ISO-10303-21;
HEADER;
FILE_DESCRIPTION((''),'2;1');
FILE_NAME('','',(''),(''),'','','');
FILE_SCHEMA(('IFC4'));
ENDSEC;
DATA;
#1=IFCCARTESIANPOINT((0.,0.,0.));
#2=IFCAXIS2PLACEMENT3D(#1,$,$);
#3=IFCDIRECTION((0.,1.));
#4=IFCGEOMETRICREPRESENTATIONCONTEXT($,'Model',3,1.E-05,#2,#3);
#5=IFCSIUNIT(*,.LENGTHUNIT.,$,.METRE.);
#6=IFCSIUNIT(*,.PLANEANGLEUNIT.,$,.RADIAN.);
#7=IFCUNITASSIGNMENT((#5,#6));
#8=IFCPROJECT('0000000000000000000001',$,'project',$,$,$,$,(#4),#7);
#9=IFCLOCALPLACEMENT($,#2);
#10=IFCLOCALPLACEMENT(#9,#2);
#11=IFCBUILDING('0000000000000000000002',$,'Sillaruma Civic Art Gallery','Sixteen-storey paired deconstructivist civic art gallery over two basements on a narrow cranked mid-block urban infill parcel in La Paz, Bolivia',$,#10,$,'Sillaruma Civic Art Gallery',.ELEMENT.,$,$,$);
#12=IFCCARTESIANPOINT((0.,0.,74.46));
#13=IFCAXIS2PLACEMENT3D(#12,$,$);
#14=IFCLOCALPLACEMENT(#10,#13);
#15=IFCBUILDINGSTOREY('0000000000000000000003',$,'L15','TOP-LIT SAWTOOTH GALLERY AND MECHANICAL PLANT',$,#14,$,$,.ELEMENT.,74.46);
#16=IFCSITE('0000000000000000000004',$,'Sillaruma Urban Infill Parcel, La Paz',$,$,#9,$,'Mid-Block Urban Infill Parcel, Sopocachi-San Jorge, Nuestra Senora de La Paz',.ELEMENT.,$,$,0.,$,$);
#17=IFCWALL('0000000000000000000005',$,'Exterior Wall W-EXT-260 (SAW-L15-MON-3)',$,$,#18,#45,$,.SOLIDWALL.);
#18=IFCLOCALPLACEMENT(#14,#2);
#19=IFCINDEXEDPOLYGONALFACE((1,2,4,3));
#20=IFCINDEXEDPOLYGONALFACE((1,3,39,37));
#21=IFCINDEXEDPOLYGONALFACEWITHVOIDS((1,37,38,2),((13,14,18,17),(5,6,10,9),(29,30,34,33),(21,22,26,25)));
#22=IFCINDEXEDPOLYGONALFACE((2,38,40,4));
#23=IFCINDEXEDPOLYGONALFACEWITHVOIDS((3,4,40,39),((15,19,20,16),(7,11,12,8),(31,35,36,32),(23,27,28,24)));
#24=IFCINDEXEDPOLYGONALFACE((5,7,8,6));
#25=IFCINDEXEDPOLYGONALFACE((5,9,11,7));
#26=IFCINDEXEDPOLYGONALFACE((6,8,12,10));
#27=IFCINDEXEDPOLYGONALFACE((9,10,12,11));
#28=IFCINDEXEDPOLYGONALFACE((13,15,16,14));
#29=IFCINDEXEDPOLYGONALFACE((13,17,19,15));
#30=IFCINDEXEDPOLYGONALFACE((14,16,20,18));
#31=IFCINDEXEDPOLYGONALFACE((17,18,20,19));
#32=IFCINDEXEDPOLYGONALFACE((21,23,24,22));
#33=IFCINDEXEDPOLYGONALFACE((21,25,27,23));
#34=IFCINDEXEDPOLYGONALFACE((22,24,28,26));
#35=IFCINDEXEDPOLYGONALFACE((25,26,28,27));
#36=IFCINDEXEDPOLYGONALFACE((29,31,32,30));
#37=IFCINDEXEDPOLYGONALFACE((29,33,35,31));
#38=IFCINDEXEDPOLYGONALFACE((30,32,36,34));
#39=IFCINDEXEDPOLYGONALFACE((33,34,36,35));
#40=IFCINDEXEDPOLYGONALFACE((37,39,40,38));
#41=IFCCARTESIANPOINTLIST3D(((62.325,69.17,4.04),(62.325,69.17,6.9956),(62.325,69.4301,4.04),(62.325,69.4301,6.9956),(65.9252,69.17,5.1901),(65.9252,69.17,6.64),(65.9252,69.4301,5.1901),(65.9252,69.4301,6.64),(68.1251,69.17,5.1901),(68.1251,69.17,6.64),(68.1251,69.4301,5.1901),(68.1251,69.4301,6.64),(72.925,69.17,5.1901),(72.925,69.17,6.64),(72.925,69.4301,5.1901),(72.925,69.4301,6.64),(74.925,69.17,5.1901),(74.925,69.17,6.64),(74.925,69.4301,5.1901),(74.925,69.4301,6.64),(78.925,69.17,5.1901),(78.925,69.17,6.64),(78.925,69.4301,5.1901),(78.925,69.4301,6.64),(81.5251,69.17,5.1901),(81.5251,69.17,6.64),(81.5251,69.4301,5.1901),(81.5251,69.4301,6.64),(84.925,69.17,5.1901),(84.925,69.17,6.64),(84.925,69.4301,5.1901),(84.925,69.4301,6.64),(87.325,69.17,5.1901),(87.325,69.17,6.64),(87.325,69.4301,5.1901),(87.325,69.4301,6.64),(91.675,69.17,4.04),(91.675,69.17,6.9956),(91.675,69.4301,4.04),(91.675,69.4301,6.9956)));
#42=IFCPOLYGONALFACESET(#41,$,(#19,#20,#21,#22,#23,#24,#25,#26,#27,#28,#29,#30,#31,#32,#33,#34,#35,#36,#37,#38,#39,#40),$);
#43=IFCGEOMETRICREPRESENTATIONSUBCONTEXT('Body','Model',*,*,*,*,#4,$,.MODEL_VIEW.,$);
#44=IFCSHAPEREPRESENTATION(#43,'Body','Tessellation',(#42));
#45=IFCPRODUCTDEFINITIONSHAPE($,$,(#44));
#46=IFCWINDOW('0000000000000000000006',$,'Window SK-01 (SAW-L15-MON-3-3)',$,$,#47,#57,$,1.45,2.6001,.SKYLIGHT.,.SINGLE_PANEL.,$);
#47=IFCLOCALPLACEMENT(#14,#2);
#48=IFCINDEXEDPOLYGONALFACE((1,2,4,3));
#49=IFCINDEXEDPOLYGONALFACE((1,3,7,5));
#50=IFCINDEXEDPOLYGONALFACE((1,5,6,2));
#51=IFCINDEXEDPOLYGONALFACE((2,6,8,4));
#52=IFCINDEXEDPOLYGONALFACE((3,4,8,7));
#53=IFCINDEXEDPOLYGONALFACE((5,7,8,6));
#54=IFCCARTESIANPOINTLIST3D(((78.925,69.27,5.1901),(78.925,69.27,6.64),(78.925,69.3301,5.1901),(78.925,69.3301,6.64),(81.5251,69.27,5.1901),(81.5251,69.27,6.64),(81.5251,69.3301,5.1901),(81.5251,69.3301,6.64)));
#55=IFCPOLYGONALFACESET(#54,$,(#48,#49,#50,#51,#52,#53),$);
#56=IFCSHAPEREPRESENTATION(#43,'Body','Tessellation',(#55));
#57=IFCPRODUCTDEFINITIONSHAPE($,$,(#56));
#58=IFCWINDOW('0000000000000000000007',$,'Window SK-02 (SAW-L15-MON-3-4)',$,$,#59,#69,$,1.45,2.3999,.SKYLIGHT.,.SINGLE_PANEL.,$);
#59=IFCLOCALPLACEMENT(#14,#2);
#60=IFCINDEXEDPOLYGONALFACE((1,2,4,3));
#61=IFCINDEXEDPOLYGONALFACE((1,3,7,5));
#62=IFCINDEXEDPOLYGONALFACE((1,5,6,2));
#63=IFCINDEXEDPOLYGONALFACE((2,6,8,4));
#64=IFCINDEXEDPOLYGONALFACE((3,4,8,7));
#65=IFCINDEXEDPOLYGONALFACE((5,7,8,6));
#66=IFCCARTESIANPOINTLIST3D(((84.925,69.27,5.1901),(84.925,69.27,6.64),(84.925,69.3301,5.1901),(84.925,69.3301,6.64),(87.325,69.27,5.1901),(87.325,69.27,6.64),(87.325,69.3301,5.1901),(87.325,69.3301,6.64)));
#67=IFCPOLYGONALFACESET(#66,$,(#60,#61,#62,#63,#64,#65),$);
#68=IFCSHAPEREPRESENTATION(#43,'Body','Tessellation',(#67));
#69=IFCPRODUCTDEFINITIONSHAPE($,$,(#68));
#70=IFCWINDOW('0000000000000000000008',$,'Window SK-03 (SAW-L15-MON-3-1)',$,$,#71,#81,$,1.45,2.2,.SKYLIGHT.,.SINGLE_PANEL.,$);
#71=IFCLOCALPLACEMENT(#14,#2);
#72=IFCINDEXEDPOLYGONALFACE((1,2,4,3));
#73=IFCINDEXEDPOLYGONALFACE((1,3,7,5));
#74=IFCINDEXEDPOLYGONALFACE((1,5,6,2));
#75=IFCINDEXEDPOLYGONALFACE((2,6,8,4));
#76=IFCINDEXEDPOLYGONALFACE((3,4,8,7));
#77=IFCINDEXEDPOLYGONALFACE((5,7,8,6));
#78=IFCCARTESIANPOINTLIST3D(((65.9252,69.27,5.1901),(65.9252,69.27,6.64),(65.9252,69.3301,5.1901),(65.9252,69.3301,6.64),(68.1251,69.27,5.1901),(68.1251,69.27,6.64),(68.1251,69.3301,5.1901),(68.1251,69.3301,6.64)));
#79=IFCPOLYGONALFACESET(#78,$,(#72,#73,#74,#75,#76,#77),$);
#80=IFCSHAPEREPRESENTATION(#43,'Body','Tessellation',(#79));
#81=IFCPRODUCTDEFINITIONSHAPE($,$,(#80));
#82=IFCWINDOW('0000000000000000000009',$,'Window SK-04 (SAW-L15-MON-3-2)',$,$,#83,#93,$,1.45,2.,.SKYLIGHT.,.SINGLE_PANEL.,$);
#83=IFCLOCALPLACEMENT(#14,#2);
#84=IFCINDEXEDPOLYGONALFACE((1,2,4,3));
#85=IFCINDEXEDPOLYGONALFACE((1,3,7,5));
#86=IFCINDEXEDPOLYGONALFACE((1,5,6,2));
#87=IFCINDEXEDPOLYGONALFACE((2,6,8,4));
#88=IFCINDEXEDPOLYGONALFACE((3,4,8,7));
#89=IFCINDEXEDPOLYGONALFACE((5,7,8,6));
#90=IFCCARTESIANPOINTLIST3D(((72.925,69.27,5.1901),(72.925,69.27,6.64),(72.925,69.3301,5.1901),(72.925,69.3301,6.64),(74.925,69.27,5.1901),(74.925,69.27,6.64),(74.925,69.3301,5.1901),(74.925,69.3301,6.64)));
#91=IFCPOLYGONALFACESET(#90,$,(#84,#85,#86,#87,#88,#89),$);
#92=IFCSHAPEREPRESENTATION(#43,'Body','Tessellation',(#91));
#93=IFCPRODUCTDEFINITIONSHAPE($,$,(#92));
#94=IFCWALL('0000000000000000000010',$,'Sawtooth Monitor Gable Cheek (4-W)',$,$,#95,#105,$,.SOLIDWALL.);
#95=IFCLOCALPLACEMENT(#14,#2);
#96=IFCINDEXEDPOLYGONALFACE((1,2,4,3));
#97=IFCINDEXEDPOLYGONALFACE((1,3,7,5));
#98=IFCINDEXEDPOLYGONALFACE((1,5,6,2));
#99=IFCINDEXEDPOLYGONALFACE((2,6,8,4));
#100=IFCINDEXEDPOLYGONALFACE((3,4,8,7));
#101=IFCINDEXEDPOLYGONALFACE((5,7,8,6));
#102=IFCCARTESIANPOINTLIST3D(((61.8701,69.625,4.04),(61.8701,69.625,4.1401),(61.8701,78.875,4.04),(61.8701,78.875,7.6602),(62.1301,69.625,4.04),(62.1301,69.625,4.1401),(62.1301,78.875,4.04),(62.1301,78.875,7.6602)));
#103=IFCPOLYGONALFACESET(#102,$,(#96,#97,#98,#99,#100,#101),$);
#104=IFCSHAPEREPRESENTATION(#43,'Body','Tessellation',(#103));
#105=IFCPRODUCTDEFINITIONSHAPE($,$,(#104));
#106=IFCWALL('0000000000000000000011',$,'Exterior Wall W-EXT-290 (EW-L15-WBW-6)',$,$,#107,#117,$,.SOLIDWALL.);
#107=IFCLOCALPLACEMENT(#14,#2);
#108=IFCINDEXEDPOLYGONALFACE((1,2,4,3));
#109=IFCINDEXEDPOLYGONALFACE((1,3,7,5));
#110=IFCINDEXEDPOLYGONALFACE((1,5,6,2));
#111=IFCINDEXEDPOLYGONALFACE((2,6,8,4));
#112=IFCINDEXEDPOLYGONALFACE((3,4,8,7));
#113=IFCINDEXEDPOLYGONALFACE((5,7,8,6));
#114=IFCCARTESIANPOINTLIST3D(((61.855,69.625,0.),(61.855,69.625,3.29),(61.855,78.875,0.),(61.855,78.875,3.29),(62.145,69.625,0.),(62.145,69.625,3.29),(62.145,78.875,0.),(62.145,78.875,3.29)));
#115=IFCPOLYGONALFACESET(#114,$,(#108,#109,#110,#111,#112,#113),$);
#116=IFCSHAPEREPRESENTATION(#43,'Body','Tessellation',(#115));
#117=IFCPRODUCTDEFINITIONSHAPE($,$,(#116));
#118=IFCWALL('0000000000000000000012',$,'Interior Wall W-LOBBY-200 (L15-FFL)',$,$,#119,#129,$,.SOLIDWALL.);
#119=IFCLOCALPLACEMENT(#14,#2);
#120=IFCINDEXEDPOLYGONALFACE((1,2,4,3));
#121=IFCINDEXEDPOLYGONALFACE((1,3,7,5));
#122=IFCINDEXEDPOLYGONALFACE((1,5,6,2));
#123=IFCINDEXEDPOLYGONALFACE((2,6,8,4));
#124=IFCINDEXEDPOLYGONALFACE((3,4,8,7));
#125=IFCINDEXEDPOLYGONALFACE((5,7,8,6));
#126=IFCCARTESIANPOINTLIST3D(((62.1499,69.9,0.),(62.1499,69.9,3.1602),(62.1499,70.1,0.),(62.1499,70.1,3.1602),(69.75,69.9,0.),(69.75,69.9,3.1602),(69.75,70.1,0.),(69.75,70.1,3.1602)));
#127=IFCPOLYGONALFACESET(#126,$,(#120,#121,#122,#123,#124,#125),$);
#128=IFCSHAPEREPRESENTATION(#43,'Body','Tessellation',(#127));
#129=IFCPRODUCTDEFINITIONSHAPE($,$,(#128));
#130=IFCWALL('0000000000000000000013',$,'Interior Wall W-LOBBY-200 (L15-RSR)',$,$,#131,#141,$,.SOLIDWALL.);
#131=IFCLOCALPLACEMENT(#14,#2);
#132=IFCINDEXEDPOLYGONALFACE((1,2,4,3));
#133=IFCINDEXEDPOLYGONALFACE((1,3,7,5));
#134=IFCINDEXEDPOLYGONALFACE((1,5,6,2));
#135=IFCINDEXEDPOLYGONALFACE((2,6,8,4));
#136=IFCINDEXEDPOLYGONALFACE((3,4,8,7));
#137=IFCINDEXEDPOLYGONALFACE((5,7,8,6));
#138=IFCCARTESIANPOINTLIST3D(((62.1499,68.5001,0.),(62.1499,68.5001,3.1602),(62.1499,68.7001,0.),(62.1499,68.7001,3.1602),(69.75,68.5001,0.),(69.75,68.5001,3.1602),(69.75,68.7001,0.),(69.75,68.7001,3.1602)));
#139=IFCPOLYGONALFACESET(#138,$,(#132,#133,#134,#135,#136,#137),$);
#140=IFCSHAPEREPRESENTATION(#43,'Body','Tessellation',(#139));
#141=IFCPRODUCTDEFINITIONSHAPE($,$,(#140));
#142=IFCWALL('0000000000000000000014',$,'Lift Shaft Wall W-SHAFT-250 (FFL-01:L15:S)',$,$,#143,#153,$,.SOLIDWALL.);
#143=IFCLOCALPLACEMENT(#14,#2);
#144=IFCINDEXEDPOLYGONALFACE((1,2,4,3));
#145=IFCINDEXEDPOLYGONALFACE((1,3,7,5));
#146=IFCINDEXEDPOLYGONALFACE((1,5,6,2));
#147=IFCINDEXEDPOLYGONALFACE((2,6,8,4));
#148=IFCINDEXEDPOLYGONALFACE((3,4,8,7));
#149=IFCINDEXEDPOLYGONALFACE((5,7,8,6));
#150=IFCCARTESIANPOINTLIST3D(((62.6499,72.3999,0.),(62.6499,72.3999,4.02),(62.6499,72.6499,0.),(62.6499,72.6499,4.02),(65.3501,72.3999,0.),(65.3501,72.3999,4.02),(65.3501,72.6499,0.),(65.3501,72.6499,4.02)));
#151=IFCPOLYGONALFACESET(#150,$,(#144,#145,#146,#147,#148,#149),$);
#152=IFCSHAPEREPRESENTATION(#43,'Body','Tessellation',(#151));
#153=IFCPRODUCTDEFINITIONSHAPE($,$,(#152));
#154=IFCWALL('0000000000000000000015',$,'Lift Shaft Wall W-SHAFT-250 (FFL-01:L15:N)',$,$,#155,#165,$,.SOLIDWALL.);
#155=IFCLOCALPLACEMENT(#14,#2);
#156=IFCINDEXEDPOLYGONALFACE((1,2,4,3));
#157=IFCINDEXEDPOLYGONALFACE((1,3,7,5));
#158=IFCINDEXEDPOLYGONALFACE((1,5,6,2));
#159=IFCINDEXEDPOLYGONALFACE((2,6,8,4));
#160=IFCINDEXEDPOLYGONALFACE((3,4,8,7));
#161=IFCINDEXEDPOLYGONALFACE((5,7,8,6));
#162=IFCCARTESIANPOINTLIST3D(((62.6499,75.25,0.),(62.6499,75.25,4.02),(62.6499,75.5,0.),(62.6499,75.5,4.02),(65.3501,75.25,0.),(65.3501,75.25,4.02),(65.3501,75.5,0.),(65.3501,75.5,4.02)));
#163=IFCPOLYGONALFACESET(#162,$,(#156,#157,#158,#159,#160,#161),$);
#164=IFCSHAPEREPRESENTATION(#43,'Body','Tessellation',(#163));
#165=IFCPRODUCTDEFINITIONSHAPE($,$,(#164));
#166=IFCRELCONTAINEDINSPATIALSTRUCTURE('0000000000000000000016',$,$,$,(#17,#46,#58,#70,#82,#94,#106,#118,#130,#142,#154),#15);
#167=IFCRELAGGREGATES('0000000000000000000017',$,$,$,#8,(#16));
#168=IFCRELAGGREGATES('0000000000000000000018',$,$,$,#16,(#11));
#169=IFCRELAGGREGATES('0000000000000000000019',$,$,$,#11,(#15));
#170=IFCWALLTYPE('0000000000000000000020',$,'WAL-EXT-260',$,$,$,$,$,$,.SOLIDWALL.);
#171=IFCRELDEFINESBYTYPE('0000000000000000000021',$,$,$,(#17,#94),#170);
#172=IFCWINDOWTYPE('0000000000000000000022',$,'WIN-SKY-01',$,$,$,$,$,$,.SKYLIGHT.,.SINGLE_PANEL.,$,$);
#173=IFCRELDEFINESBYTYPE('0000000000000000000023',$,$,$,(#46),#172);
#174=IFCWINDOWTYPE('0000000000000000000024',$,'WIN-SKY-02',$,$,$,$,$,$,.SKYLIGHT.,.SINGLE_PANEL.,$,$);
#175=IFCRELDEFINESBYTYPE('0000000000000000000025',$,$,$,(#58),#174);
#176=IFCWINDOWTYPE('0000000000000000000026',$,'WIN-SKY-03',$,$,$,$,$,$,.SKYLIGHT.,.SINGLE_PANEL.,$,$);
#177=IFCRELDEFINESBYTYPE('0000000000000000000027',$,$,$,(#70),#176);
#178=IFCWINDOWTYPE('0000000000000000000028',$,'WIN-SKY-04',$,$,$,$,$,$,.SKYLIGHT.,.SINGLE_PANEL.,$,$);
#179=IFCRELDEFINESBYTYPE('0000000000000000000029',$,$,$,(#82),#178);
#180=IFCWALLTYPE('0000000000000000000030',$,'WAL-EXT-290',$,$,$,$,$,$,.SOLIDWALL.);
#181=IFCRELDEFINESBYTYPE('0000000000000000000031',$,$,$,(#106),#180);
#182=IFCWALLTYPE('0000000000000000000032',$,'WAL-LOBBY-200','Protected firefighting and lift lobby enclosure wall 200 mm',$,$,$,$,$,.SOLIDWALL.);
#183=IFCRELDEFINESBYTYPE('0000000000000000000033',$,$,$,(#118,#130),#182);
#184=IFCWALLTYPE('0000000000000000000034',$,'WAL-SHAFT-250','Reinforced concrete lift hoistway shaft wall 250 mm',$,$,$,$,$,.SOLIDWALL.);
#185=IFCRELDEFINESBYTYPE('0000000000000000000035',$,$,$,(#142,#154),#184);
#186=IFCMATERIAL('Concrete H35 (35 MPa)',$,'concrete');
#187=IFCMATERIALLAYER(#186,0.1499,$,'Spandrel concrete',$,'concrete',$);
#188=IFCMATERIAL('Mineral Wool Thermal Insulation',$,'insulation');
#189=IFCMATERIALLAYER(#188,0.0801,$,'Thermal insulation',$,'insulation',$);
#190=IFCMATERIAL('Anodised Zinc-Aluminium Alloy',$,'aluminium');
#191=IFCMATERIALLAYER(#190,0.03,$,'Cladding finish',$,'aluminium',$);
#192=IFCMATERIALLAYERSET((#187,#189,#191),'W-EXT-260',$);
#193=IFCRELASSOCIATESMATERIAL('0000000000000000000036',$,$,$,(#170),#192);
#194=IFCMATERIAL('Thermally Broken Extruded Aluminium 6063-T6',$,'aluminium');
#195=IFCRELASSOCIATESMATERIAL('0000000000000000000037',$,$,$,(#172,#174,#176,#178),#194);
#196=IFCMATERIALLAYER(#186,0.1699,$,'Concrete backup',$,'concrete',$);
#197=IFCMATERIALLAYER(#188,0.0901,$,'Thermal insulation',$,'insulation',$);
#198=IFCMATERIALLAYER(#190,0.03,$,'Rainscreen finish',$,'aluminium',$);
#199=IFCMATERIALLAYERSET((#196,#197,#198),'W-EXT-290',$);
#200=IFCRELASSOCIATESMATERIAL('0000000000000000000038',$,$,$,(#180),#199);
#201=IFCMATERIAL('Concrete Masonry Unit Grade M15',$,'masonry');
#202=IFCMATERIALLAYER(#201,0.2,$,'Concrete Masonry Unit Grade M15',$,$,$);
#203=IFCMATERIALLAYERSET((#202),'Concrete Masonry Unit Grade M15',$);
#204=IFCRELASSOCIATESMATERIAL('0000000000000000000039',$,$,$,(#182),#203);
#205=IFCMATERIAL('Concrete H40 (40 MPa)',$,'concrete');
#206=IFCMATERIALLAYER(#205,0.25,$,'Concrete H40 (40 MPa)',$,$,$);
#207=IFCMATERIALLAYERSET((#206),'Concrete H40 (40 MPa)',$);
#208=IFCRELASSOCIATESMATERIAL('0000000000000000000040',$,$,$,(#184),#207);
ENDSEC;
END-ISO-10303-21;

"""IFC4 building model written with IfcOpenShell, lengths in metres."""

from ifc_helpers import new_model, si_unit, direction, frame, frame_2d, origin, place, context, subcontext, project, spatial, polyline, rectangle, outline, extrude, material, layer, layer_set, type_object, element, fill, save


model = new_model("IFC4")

# Units and contexts
model_context = context("Model", 3, precision=1e-05, world=origin(), true_north=direction((0.0, 1.0)))
body_context = subcontext(model_context, "Body", "Model", "MODEL_VIEW")
ifc_project = project(units=[si_unit("LENGTHUNIT", "METRE"), si_unit("PLANEANGLEUNIT", "RADIAN")], contexts=[model_context])

# Site, building, storey
site_placement = place(None, origin())
site = spatial("IfcSite", under=ifc_project, at=site_placement, Name="Sillaruma Urban Infill Parcel, La Paz", LongName="Mid-Block Urban Infill Parcel, Sopocachi-San Jorge, Nuestra Senora de La Paz", CompositionType="ELEMENT", RefElevation=0.0)
building_placement = place(site_placement, origin())
building = spatial("IfcBuilding", under=site, at=building_placement, Name="Sillaruma Civic Art Gallery", Description="Sixteen-storey paired deconstructivist civic art gallery over two basements on a narrow cranked mid-block urban infill parcel in La Paz, Bolivia", LongName="Sillaruma Civic Art Gallery", CompositionType="ELEMENT")
storey_placement = place(building_placement, frame((0.0, 0.0, 74.46)))
storey = spatial("IfcBuildingStorey", under=building, at=storey_placement, Name="L15", Description="TOP-LIT SAWTOOTH GALLERY AND MECHANICAL PLANT", CompositionType="ELEMENT", Elevation=74.46)

# Shared definitions
ifc_material_1 = material(Name="Concrete H40 (40 MPa)", Category="concrete")

# Shared definitions
ifc_material_2 = material(Name="Concrete H35 (35 MPa)", Category="concrete")

# Shared definitions
ifc_material_3 = material(Name="Thermally Broken Extruded Aluminium 6063-T6", Category="aluminium")

# Wall, openings, windows
ifc_layer_1 = layer(ifc_material_2, 0.1499, Name="Spandrel concrete", Category="concrete")
ifc_material_4 = material(Name="Mineral Wool Thermal Insulation", Category="insulation")
ifc_layer_2 = layer(ifc_material_4, 0.0801, Name="Thermal insulation", Category="insulation")
ifc_material_5 = material(Name="Anodised Zinc-Aluminium Alloy", Category="aluminium")
ifc_layer_3 = layer(ifc_material_5, 0.03, Name="Cladding finish", Category="aluminium")
ifc_layer_set_1 = layer_set([ifc_layer_1, ifc_layer_2, ifc_layer_3], Name="W-EXT-260")
wall_type_1 = type_object("IfcWallType", Name="WAL-EXT-260", PredefinedType="SOLIDWALL", material=ifc_layer_set_1)
wall_1_placement = place(storey_placement, frame((62.325, 69.3, 4.04), z_axis=(0.0, 0.0, 1.0), x_axis=(1.0, 0.0, 0.0)))
wall_1 = element("IfcWall", 1, at=wall_1_placement, inside=storey, type_object=wall_type_1, Name="Exterior Wall W-EXT-260 (SAW-L15-MON-3)", PredefinedType="SOLIDWALL", context=body_context, shape_type="SweptSolid", body=[
    extrude(rectangle(XDim=29.3501, YDim=0.26, at=frame_2d((14.675, 0.0))), origin(), (0.0, 0.0, 1.0), 2.9556),
])
opening_1_placement = place(wall_1_placement, frame((3.6001, 0.0, 1.1499)))
opening_1 = element("IfcOpeningElement", 2, at=opening_1_placement, cuts=wall_1, PredefinedType="OPENING", context=body_context, shape_type="SweptSolid", body=[
    extrude(rectangle(XDim=2.2, YDim=1.45, at=frame_2d((1.1001, 0.7251))), frame((0.0, 0.1399, 0.0), z_axis=(0.0, -1.0, 0.0), x_axis=(1.0, 0.0, 0.0)), (0.0, 0.0, 1.0), 0.28),
])
opening_2_placement = place(wall_1_placement, frame((10.6001, 0.0, 1.1499)))
opening_2 = element("IfcOpeningElement", 3, at=opening_2_placement, cuts=wall_1, PredefinedType="OPENING", context=body_context, shape_type="SweptSolid", body=[
    extrude(rectangle(XDim=2.0, YDim=1.45, at=frame_2d((1.0, 0.7251))), frame((0.0, 0.1399, 0.0), z_axis=(0.0, -1.0, 0.0), x_axis=(1.0, 0.0, 0.0)), (0.0, 0.0, 1.0), 0.28),
])
opening_3_placement = place(wall_1_placement, frame((16.6001, 0.0, 1.1499)))
opening_3 = element("IfcOpeningElement", 4, at=opening_3_placement, cuts=wall_1, PredefinedType="OPENING", context=body_context, shape_type="SweptSolid", body=[
    extrude(rectangle(XDim=2.6001, YDim=1.45, at=frame_2d((1.3, 0.7251))), frame((0.0, 0.1399, 0.0), z_axis=(0.0, -1.0, 0.0), x_axis=(1.0, 0.0, 0.0)), (0.0, 0.0, 1.0), 0.28),
])
opening_4_placement = place(wall_1_placement, frame((22.6001, 0.0, 1.1499)))
opening_4 = element("IfcOpeningElement", 5, at=opening_4_placement, cuts=wall_1, PredefinedType="OPENING", context=body_context, shape_type="SweptSolid", body=[
    extrude(rectangle(XDim=2.3999, YDim=1.45, at=frame_2d((1.2, 0.7251))), frame((0.0, 0.1399, 0.0), z_axis=(0.0, -1.0, 0.0), x_axis=(1.0, 0.0, 0.0)), (0.0, 0.0, 1.0), 0.28),
])
window_type_1 = type_object("IfcWindowType", Name="WIN-SKY-01", PartitioningType="SINGLE_PANEL", PredefinedType="SKYLIGHT", material=ifc_material_3)
window_1_placement = place(opening_3_placement, origin())
window_1 = element("IfcWindow", 6, at=window_1_placement, inside=storey, type_object=window_type_1, Name="Window SK-01 (SAW-L15-MON-3-3)", OverallHeight=1.45, OverallWidth=2.6001, PartitioningType="SINGLE_PANEL", PredefinedType="SKYLIGHT", context=body_context, shape_type="SweptSolid", body=[
    extrude(rectangle(XDim=2.6001, YDim=1.45, at=frame_2d((1.3, 0.7251))), frame((0.0, 0.03, 0.0), z_axis=(0.0, -1.0, 0.0), x_axis=(1.0, 0.0, 0.0)), (0.0, 0.0, 1.0), 0.0601),
])
fill(opening_3, window_1)
window_type_2 = type_object("IfcWindowType", Name="WIN-SKY-02", PartitioningType="SINGLE_PANEL", PredefinedType="SKYLIGHT", material=ifc_material_3)
window_2_placement = place(opening_4_placement, origin())
window_2 = element("IfcWindow", 7, at=window_2_placement, inside=storey, type_object=window_type_2, Name="Window SK-02 (SAW-L15-MON-3-4)", OverallHeight=1.45, OverallWidth=2.3999, PartitioningType="SINGLE_PANEL", PredefinedType="SKYLIGHT", context=body_context, shape_type="SweptSolid", body=[
    extrude(rectangle(XDim=2.3999, YDim=1.45, at=frame_2d((1.2, 0.7251))), frame((0.0, 0.03, 0.0), z_axis=(0.0, -1.0, 0.0), x_axis=(1.0, 0.0, 0.0)), (0.0, 0.0, 1.0), 0.0601),
])
fill(opening_4, window_2)
window_type_3 = type_object("IfcWindowType", Name="WIN-SKY-03", PartitioningType="SINGLE_PANEL", PredefinedType="SKYLIGHT", material=ifc_material_3)
window_3_placement = place(opening_1_placement, origin())
window_3 = element("IfcWindow", 8, at=window_3_placement, inside=storey, type_object=window_type_3, Name="Window SK-03 (SAW-L15-MON-3-1)", OverallHeight=1.45, OverallWidth=2.2, PartitioningType="SINGLE_PANEL", PredefinedType="SKYLIGHT", context=body_context, shape_type="SweptSolid", body=[
    extrude(rectangle(XDim=2.2, YDim=1.45, at=frame_2d((1.1001, 0.7251))), frame((0.0, 0.03, 0.0), z_axis=(0.0, -1.0, 0.0), x_axis=(1.0, 0.0, 0.0)), (0.0, 0.0, 1.0), 0.0601),
])
fill(opening_1, window_3)
window_type_4 = type_object("IfcWindowType", Name="WIN-SKY-04", PartitioningType="SINGLE_PANEL", PredefinedType="SKYLIGHT", material=ifc_material_3)
window_4_placement = place(opening_2_placement, origin())
window_4 = element("IfcWindow", 9, at=window_4_placement, inside=storey, type_object=window_type_4, Name="Window SK-04 (SAW-L15-MON-3-2)", OverallHeight=1.45, OverallWidth=2.0, PartitioningType="SINGLE_PANEL", PredefinedType="SKYLIGHT", context=body_context, shape_type="SweptSolid", body=[
    extrude(rectangle(XDim=2.0, YDim=1.45, at=frame_2d((1.0, 0.7251))), frame((0.0, 0.03, 0.0), z_axis=(0.0, -1.0, 0.0), x_axis=(1.0, 0.0, 0.0)), (0.0, 0.0, 1.0), 0.0601),
])
fill(opening_2, window_4)

# Walls
wall_2_placement = place(storey_placement, frame((62.0, 69.625, 4.04), z_axis=(0.0, 0.0, 1.0), x_axis=(0.0, 1.0, 0.0)))
element("IfcWall", 10, at=wall_2_placement, inside=storey, type_object=wall_type_1, Name="Sawtooth Monitor Gable Cheek (4-W)", PredefinedType="SOLIDWALL", context=body_context, shape_type="SweptSolid", body=[
    extrude(outline(polyline([(0.0, 0.0), (9.25, 0.0), (9.25, 3.6201), (0.0, 0.1001), (0.0, 0.0)])), frame((0.0, 0.1299, 0.0), z_axis=(0.0, -1.0, 0.0), x_axis=(1.0, 0.0, 0.0)), (0.0, 0.0, 1.0), 0.26),
])
ifc_layer_4 = layer(ifc_material_2, 0.1699, Name="Concrete backup", Category="concrete")
ifc_layer_5 = layer(ifc_material_4, 0.0901, Name="Thermal insulation", Category="insulation")
ifc_layer_6 = layer(ifc_material_5, 0.03, Name="Rainscreen finish", Category="aluminium")
ifc_layer_set_2 = layer_set([ifc_layer_4, ifc_layer_5, ifc_layer_6], Name="W-EXT-290")
wall_type_2 = type_object("IfcWallType", Name="WAL-EXT-290", PredefinedType="SOLIDWALL", material=ifc_layer_set_2)
wall_3_placement = place(storey_placement, frame((62.0, 69.625, 0.0), z_axis=(0.0, 0.0, 1.0), x_axis=(0.0, 1.0, 0.0)))
element("IfcWall", 11, at=wall_3_placement, inside=storey, type_object=wall_type_2, Name="Exterior Wall W-EXT-290 (EW-L15-WBW-6)", PredefinedType="SOLIDWALL", context=body_context, shape_type="SweptSolid", body=[
    extrude(rectangle(XDim=9.25, YDim=0.29, at=frame_2d((4.625, 0.0))), origin(), (0.0, 0.0, 1.0), 3.29),
])
ifc_material_6 = material(Name="Concrete Masonry Unit Grade M15", Category="masonry")
ifc_layer_7 = layer(ifc_material_6, 0.2, Name="Concrete Masonry Unit Grade M15")
ifc_layer_set_3 = layer_set([ifc_layer_7], Name="Concrete Masonry Unit Grade M15")
wall_type_3 = type_object("IfcWallType", Name="WAL-LOBBY-200", Description="Protected firefighting and lift lobby enclosure wall 200 mm", PredefinedType="SOLIDWALL", material=ifc_layer_set_3)
for number, where, z_axis, x_axis, name in (
    (12, (62.1499, 70.0, 0.0), (0.0, 0.0, 1.0), (1.0, 0.0, 0.0), "Interior Wall W-LOBBY-200 (L15-FFL)"),
    (13, (62.1499, 68.6001, 0.0), (0.0, 0.0, 1.0), (1.0, 0.0, 0.0), "Interior Wall W-LOBBY-200 (L15-RSR)"),
):
    element("IfcWall", number, at=place(storey_placement, frame(where, z_axis=z_axis, x_axis=x_axis)), inside=storey, type_object=wall_type_3, Name=name, PredefinedType="SOLIDWALL", context=body_context, shape_type="SweptSolid", body=[
        extrude(rectangle(XDim=7.6001, YDim=0.2, at=frame_2d((3.8, 0.0))), origin(), (0.0, 0.0, 1.0), 3.1602),
    ])
ifc_layer_8 = layer(ifc_material_1, 0.25, Name="Concrete H40 (40 MPa)")
ifc_layer_set_4 = layer_set([ifc_layer_8], Name="Concrete H40 (40 MPa)")
wall_type_4 = type_object("IfcWallType", Name="WAL-SHAFT-250", Description="Reinforced concrete lift hoistway shaft wall 250 mm", PredefinedType="SOLIDWALL", material=ifc_layer_set_4)
for number, where, z_axis, x_axis, name in (
    (14, (62.6499, 72.5249, 0.0), (0.0, 0.0, 1.0), (1.0, 0.0, 0.0), "Lift Shaft Wall W-SHAFT-250 (FFL-01:L15:S)"),
    (15, (62.6499, 75.375, 0.0), (0.0, 0.0, 1.0), (1.0, 0.0, 0.0), "Lift Shaft Wall W-SHAFT-250 (FFL-01:L15:N)"),
):
    element("IfcWall", number, at=place(storey_placement, frame(where, z_axis=z_axis, x_axis=x_axis)), inside=storey, type_object=wall_type_4, Name=name, PredefinedType="SOLIDWALL", context=body_context, shape_type="SweptSolid", body=[
        extrude(rectangle(XDim=2.7002, YDim=0.25, at=frame_2d((1.3501, 0.0))), origin(), (0.0, 0.0, 1.0), 4.02),
    ])

save(model, "model.ifc")
